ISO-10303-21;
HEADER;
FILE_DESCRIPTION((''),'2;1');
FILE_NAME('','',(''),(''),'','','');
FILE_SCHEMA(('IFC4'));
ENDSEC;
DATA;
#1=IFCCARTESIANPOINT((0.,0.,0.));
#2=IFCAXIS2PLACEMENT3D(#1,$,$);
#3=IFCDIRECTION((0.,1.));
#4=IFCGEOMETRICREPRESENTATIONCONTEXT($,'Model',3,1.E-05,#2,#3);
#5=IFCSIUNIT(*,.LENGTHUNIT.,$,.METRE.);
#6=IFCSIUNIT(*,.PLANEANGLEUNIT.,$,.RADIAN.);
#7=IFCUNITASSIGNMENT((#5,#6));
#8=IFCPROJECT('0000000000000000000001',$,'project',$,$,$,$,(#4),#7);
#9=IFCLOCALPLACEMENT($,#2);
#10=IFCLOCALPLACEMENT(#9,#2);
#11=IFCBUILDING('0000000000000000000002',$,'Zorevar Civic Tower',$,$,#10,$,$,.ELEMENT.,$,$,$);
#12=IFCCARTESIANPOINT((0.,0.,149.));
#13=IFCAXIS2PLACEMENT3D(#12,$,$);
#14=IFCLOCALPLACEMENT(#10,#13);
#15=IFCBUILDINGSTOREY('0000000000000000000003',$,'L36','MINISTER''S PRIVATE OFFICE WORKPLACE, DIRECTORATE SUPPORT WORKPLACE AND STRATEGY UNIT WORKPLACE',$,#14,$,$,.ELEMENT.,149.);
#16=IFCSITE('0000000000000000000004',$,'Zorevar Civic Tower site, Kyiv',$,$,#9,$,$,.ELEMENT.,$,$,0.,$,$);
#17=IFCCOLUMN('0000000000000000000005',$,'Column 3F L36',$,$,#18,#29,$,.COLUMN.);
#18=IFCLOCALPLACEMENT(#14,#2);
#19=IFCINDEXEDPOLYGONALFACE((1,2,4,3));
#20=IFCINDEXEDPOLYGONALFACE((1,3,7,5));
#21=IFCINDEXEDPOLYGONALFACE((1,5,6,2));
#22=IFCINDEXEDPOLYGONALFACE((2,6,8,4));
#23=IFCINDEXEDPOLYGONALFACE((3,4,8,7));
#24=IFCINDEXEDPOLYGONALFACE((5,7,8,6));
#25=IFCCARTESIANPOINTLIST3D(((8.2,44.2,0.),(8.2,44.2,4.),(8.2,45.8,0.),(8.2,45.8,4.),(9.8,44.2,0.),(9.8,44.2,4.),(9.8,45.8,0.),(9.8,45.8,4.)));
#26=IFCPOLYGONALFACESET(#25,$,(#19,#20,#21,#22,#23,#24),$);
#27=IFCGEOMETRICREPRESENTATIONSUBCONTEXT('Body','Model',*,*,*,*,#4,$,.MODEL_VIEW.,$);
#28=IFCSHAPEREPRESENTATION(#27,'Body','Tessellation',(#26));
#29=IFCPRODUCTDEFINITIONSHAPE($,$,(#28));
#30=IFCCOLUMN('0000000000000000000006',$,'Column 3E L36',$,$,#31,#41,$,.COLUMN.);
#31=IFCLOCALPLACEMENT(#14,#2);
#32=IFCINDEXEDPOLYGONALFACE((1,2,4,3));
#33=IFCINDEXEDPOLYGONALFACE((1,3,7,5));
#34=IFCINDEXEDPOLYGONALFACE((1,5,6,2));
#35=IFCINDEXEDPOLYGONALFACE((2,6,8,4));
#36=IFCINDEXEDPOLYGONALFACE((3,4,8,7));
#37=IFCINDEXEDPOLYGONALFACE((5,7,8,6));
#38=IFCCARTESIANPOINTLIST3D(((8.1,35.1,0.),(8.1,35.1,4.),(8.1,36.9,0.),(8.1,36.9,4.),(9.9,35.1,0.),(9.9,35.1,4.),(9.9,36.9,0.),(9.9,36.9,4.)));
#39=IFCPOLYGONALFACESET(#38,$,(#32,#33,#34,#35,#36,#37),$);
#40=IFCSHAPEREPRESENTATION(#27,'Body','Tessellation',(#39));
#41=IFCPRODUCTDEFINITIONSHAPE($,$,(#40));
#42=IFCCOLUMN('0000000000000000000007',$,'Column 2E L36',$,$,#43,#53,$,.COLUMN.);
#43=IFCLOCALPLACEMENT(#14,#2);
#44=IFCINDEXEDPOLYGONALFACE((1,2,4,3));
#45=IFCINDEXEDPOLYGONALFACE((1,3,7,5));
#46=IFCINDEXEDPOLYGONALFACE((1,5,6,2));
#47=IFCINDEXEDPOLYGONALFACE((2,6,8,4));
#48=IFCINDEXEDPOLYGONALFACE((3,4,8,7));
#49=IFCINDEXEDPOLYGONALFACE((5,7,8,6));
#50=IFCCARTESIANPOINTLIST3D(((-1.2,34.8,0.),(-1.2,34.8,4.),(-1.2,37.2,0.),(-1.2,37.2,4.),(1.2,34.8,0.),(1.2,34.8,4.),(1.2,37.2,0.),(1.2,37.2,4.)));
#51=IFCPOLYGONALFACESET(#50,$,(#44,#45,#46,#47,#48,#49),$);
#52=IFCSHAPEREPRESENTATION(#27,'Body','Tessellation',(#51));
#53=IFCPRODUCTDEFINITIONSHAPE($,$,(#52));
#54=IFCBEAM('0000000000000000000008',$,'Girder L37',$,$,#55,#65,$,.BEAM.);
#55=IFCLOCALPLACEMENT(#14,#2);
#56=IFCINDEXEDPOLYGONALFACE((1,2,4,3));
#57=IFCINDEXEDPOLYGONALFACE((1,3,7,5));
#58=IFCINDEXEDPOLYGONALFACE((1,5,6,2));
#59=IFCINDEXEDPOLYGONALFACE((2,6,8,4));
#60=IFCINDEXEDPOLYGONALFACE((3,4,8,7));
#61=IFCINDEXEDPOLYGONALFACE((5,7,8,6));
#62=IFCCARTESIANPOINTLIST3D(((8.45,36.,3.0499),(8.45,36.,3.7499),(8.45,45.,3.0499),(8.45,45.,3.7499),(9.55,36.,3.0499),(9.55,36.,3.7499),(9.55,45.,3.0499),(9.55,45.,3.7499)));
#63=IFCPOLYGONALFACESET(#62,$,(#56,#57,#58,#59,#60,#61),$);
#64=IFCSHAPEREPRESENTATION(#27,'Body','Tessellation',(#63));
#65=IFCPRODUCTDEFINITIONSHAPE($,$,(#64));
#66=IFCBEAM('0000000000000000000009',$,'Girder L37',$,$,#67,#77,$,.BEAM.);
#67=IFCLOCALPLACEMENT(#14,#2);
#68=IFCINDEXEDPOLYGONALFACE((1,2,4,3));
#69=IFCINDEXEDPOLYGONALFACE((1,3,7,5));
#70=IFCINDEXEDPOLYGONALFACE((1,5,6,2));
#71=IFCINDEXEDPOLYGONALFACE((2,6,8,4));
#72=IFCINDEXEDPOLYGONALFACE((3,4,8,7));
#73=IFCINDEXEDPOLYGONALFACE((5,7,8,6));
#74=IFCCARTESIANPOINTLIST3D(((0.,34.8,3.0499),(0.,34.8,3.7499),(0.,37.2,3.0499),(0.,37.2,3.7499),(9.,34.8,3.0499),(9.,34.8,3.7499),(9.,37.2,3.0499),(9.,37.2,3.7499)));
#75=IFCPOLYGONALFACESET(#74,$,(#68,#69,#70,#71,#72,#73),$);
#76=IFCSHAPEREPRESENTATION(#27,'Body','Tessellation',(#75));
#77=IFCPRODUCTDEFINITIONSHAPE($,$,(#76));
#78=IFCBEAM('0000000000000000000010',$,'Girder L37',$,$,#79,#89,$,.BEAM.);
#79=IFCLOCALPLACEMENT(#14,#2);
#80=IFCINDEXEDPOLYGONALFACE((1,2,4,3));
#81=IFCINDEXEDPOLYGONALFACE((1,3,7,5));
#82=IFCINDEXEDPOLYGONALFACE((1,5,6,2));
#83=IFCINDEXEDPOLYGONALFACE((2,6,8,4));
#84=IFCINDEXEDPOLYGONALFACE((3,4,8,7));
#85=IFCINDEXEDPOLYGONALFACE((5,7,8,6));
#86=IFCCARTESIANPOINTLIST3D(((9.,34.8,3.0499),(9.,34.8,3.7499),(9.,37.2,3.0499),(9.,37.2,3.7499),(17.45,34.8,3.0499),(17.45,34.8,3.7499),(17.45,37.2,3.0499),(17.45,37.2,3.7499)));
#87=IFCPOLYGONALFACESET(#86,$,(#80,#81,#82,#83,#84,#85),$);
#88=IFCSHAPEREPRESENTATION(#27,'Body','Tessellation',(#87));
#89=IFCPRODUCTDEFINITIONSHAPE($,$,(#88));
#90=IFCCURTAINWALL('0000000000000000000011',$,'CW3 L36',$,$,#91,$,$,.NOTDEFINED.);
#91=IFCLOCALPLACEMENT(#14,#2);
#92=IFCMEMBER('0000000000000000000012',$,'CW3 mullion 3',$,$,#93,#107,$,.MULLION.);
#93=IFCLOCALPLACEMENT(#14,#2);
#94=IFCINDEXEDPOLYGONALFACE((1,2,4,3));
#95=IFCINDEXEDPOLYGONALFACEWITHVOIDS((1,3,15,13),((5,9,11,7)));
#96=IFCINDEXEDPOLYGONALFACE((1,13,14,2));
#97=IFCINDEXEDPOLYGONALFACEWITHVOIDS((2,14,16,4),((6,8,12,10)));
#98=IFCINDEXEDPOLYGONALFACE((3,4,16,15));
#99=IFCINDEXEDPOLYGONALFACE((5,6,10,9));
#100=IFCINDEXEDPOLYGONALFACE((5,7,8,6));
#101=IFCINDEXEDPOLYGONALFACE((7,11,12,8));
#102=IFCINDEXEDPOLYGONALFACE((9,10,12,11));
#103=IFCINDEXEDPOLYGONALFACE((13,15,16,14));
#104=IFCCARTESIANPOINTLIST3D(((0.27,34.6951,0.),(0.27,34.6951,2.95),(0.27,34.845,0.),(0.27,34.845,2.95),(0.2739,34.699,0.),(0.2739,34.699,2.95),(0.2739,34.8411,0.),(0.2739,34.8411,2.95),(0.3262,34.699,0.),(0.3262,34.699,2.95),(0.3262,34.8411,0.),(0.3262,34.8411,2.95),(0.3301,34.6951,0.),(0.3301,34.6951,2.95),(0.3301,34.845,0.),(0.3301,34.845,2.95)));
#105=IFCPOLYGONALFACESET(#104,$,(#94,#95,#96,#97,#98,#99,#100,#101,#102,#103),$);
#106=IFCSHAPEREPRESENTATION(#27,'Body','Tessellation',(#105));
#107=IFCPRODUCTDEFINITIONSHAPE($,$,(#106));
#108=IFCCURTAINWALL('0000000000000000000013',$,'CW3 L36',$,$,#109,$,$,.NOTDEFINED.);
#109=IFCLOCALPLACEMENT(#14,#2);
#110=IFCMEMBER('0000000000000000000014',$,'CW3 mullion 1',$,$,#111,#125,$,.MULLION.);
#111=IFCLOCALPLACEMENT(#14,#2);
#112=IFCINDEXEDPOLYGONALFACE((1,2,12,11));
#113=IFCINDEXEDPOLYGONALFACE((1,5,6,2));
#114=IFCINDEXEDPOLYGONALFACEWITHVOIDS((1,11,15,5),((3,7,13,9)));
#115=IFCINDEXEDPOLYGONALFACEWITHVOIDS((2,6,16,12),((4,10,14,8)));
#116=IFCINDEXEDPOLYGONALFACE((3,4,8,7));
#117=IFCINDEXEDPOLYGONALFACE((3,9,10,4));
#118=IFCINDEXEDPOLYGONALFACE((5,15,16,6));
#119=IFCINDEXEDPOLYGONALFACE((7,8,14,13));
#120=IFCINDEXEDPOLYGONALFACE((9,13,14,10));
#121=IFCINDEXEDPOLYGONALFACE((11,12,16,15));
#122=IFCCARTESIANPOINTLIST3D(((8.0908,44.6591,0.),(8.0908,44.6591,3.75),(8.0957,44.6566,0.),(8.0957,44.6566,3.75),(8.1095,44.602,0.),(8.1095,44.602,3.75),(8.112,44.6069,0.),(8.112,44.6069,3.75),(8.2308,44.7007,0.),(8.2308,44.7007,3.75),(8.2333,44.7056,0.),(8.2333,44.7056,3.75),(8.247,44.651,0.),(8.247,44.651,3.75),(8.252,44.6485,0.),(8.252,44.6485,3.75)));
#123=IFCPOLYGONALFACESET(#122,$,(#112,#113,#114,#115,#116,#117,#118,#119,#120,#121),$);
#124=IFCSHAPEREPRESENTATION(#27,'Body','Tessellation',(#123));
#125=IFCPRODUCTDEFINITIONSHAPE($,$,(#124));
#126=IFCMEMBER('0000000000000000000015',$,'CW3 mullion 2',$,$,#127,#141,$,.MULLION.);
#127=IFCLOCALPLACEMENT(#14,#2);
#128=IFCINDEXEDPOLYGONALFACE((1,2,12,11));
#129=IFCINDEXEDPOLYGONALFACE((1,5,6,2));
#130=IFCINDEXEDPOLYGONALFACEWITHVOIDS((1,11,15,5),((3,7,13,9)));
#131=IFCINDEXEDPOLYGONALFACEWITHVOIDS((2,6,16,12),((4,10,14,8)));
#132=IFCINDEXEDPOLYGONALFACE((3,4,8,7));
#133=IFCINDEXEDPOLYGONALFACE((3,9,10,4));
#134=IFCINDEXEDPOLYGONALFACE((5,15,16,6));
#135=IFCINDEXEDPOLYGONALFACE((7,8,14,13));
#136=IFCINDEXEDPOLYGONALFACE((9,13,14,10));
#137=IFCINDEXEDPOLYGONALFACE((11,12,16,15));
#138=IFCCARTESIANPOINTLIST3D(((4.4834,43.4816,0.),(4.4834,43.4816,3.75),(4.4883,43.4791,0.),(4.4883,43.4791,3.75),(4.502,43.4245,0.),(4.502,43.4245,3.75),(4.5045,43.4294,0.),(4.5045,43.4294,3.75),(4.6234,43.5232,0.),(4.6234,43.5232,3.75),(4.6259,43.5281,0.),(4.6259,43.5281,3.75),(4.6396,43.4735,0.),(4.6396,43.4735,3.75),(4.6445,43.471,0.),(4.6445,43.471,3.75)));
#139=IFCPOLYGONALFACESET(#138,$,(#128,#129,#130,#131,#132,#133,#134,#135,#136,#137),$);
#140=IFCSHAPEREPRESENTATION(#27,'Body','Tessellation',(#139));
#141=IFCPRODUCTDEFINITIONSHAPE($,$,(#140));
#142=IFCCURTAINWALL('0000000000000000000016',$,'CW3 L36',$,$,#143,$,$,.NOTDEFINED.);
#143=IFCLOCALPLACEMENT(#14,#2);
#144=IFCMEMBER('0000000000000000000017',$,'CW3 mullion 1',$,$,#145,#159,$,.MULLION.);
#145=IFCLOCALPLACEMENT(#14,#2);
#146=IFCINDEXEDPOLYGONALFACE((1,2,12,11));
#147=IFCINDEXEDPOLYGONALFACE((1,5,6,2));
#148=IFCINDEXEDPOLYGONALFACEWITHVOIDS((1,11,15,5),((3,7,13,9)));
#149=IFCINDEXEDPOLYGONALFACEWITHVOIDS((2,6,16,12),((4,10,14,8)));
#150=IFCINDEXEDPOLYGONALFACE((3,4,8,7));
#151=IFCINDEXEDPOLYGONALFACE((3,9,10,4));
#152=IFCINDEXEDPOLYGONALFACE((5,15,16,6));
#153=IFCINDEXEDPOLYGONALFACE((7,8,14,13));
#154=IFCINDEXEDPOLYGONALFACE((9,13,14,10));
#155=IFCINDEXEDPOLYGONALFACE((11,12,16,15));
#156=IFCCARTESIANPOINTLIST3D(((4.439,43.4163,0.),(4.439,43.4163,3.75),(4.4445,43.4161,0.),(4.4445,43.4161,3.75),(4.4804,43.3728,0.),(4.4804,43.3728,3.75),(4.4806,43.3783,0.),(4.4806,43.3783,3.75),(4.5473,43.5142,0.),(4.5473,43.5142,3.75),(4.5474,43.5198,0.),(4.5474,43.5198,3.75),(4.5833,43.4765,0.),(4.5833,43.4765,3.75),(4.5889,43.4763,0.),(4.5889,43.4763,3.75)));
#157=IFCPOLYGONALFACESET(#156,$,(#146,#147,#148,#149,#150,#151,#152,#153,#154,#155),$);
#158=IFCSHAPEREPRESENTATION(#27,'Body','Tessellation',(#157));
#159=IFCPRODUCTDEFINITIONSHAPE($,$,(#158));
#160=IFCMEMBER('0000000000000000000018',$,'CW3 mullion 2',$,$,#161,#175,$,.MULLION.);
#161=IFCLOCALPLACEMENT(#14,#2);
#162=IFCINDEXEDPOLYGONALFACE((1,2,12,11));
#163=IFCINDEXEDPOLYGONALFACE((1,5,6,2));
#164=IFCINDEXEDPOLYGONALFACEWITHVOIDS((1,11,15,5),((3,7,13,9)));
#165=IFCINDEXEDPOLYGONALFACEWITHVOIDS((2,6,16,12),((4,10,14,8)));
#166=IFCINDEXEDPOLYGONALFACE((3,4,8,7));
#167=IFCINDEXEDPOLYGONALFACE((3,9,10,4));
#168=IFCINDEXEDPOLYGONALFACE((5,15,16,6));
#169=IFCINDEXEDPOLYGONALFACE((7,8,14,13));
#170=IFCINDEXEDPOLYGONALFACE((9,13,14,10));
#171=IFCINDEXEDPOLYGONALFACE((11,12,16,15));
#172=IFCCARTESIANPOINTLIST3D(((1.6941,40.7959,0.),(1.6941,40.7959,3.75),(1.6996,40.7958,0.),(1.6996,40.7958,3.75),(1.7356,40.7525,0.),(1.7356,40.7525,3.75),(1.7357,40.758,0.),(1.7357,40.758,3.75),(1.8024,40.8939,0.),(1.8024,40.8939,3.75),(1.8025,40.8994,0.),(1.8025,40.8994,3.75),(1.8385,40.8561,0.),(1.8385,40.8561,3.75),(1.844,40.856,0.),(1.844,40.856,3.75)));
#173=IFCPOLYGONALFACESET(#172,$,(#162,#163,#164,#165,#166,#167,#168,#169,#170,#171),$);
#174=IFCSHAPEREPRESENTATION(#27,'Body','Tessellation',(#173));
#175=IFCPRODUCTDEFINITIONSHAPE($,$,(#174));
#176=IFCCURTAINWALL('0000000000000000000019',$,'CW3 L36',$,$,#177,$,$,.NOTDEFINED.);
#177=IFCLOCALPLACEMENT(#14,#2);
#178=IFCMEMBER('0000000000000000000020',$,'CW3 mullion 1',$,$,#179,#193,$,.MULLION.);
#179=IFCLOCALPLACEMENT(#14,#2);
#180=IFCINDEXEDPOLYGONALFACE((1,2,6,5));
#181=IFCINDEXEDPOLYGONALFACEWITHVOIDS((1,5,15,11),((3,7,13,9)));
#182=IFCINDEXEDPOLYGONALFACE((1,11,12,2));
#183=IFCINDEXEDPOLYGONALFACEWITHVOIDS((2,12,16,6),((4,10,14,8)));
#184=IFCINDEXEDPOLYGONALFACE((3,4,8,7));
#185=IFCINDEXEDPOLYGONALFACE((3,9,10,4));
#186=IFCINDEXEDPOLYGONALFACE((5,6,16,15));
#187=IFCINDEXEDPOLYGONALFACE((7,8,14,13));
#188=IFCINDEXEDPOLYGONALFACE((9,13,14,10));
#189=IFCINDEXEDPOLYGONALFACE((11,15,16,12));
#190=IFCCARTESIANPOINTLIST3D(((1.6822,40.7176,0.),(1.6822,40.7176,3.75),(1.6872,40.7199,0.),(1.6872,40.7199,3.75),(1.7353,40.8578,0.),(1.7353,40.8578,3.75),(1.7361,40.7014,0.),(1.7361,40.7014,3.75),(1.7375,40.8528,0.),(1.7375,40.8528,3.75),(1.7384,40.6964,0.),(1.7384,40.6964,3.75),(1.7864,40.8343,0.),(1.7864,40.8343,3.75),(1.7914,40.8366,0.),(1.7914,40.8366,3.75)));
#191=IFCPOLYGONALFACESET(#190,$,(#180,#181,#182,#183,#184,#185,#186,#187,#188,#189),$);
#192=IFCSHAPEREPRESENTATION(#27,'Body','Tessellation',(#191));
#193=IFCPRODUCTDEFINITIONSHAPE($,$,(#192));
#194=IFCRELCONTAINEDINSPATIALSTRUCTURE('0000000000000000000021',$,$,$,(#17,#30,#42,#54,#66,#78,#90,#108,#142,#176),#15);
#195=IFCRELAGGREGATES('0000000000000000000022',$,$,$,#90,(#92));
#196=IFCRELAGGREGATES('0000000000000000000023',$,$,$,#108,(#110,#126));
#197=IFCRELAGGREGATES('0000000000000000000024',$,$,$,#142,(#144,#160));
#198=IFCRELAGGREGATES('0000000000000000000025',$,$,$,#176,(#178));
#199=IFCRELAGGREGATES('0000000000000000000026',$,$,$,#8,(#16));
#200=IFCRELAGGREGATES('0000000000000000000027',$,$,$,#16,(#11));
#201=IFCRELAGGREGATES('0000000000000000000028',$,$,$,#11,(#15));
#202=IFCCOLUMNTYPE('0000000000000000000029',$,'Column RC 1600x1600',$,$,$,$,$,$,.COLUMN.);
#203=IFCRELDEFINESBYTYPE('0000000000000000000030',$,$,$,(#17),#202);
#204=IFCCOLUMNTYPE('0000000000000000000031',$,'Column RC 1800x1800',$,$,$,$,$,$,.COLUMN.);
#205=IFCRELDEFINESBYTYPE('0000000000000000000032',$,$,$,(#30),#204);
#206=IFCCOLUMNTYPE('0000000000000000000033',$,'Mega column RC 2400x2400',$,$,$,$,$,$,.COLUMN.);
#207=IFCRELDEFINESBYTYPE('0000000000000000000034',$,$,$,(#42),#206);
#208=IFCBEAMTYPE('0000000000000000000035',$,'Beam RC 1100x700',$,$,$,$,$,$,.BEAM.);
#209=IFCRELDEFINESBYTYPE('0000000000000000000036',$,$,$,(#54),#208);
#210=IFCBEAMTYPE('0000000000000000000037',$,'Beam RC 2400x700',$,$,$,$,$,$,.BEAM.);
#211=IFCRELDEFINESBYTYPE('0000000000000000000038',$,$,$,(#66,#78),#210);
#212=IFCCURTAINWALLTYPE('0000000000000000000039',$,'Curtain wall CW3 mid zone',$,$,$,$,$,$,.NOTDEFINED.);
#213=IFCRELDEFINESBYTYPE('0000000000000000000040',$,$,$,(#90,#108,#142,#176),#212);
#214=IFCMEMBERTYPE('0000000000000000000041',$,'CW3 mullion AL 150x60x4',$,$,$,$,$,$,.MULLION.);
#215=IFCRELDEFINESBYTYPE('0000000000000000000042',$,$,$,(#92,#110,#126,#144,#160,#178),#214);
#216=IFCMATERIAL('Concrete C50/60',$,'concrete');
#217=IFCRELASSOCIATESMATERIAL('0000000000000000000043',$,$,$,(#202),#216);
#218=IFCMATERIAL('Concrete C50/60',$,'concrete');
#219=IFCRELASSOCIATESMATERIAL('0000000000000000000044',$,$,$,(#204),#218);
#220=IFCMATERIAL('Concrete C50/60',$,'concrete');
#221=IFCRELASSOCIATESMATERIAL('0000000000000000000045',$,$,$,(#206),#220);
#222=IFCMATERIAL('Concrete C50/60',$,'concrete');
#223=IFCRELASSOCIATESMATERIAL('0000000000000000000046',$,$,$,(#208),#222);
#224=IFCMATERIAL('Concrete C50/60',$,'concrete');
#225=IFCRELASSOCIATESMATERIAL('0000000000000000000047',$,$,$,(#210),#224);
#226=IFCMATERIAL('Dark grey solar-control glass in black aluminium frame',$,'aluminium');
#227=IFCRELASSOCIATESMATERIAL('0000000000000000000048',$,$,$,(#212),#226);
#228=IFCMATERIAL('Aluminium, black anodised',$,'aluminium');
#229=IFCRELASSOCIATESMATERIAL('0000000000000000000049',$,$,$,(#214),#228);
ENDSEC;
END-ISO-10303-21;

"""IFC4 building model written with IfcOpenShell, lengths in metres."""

from ifc_helpers import new_model, si_unit, direction, frame, origin, origin_2d, place, context, subcontext, project, spatial, rectangle, hollow_rectangle, extrude, material, material_profile, profile_set, type_object, element, aggregate, save


model = new_model("IFC4")

# Units and contexts
model_context = context("Model", 3, precision=1e-05, world=origin(), true_north=direction((0.0, 1.0)))
body_context = subcontext(model_context, "Body", "Model", "MODEL_VIEW")
ifc_project = project(units=[si_unit("LENGTHUNIT", "METRE"), si_unit("PLANEANGLEUNIT", "RADIAN")], contexts=[model_context])

# Site, building, storey
site_placement = place(None, origin())
site = spatial("IfcSite", under=ifc_project, at=site_placement, Name="Zorevar Civic Tower site, Kyiv", CompositionType="ELEMENT", RefElevation=0.0)
building_placement = place(site_placement, origin())
building = spatial("IfcBuilding", under=site, at=building_placement, Name="Zorevar Civic Tower", CompositionType="ELEMENT")
storey_placement = place(building_placement, frame((0.0, 0.0, 149.0)))
storey = spatial("IfcBuildingStorey", under=building, at=storey_placement, Name="L36", Description="MINISTER'S PRIVATE OFFICE WORKPLACE, DIRECTORATE SUPPORT WORKPLACE AND STRATEGY UNIT WORKPLACE", CompositionType="ELEMENT", Elevation=149.0)

# Columns
ifc_material_1 = material(Name="Concrete C50/60", Category="concrete")
ifc_material_profile_1 = material_profile(ifc_material_1, rectangle(XDim=1.6001, YDim=1.6001, at=origin_2d()), Name="RC 1600x1600")
ifc_profile_set_1 = profile_set([ifc_material_profile_1], Name="Concrete C50/60")
column_type_1 = type_object("IfcColumnType", Name="Column RC 1600x1600", PredefinedType="COLUMN", material=ifc_profile_set_1)
column_1_placement = place(storey_placement, frame((9.0, 45.0, 0.0), z_axis=(0.0, 0.0, 1.0), x_axis=(1.0, 0.0, 0.0)))
element("IfcColumn", 1, at=column_1_placement, inside=storey, type_object=column_type_1, Name="Column 3F L36", PredefinedType="COLUMN", context=body_context, shape_type="SweptSolid", body=[
    extrude(rectangle(XDim=1.6001, YDim=1.6001, at=origin_2d()), origin(), (0.0, 0.0, 1.0), 4.0),
])
ifc_material_2 = material(Name="Concrete C50/60", Category="concrete")
ifc_material_profile_2 = material_profile(ifc_material_2, rectangle(XDim=1.8, YDim=1.8, at=origin_2d()), Name="RC 1800x1800")
ifc_profile_set_2 = profile_set([ifc_material_profile_2], Name="Concrete C50/60")
column_type_2 = type_object("IfcColumnType", Name="Column RC 1800x1800", PredefinedType="COLUMN", material=ifc_profile_set_2)
column_2_placement = place(storey_placement, frame((9.0, 36.0, 0.0), z_axis=(0.0, 0.0, 1.0), x_axis=(1.0, 0.0, 0.0)))
element("IfcColumn", 2, at=column_2_placement, inside=storey, type_object=column_type_2, Name="Column 3E L36", PredefinedType="COLUMN", context=body_context, shape_type="SweptSolid", body=[
    extrude(rectangle(XDim=1.8, YDim=1.8, at=origin_2d()), origin(), (0.0, 0.0, 1.0), 4.0),
])
ifc_material_3 = material(Name="Concrete C50/60", Category="concrete")
ifc_material_profile_3 = material_profile(ifc_material_3, rectangle(XDim=2.3999, YDim=2.3999, at=origin_2d()), Name="RC 2400x2400")
ifc_profile_set_3 = profile_set([ifc_material_profile_3], Name="Concrete C50/60")
column_type_3 = type_object("IfcColumnType", Name="Mega column RC 2400x2400", PredefinedType="COLUMN", material=ifc_profile_set_3)
column_3_placement = place(storey_placement, frame((0.0, 36.0, 0.0), z_axis=(0.0, 0.0, 1.0), x_axis=(1.0, 0.0, 0.0)))
element("IfcColumn", 3, at=column_3_placement, inside=storey, type_object=column_type_3, Name="Column 2E L36", PredefinedType="COLUMN", context=body_context, shape_type="SweptSolid", body=[
    extrude(rectangle(XDim=2.3999, YDim=2.3999, at=origin_2d()), origin(), (0.0, 0.0, 1.0), 4.0),
])

# Beams
ifc_material_4 = material(Name="Concrete C50/60", Category="concrete")
ifc_material_profile_4 = material_profile(ifc_material_4, rectangle(XDim=1.1001, YDim=0.7, at=origin_2d()), Name="RC 1100x700")
ifc_profile_set_4 = profile_set([ifc_material_profile_4], Name="Concrete C50/60")
beam_type_1 = type_object("IfcBeamType", Name="Beam RC 1100x700", PredefinedType="BEAM", material=ifc_profile_set_4)
beam_1_placement = place(storey_placement, frame((9.0, 36.0, 3.3999), z_axis=(0.0, 1.0, 0.0), x_axis=(-1.0, 0.0, 0.0)))
element("IfcBeam", 4, at=beam_1_placement, inside=storey, type_object=beam_type_1, Name="Girder L37", PredefinedType="BEAM", context=body_context, shape_type="SweptSolid", body=[
    extrude(rectangle(XDim=1.1001, YDim=0.7, at=origin_2d()), origin(), (0.0, 0.0, 1.0), 9.0),
])
ifc_material_5 = material(Name="Concrete C50/60", Category="concrete")
ifc_material_profile_5 = material_profile(ifc_material_5, rectangle(XDim=2.3999, YDim=0.7, at=origin_2d()), Name="RC 2400x700")
ifc_profile_set_5 = profile_set([ifc_material_profile_5], Name="Concrete C50/60")
beam_type_2 = type_object("IfcBeamType", Name="Beam RC 2400x700", PredefinedType="BEAM", material=ifc_profile_set_5)
beam_2_placement = place(storey_placement, frame((0.0, 36.0, 3.3999), z_axis=(1.0, 0.0, 0.0), x_axis=(0.0, 1.0, 0.0)))
element("IfcBeam", 5, at=beam_2_placement, inside=storey, type_object=beam_type_2, Name="Girder L37", PredefinedType="BEAM", context=body_context, shape_type="SweptSolid", body=[
    extrude(rectangle(XDim=2.3999, YDim=0.7, at=origin_2d()), origin(), (0.0, 0.0, 1.0), 9.0),
])
beam_3_placement = place(storey_placement, frame((9.0, 36.0, 3.3999), z_axis=(1.0, 0.0, 0.0), x_axis=(0.0, 1.0, 0.0)))
element("IfcBeam", 6, at=beam_3_placement, inside=storey, type_object=beam_type_2, Name="Girder L37", PredefinedType="BEAM", context=body_context, shape_type="SweptSolid", body=[
    extrude(rectangle(XDim=2.3999, YDim=0.7, at=origin_2d()), origin(), (0.0, 0.0, 1.0), 8.45),
])

# Curtain wall, member
ifc_material_6 = material(Name="Dark grey solar-control glass in black aluminium frame", Category="aluminium")
curtain_wall_type = type_object("IfcCurtainWallType", Name="Curtain wall CW3 mid zone", PredefinedType="NOTDEFINED", material=ifc_material_6)
curtain_wall_1_placement = place(storey_placement, origin())
curtain_wall_1 = element("IfcCurtainWall", 7, at=curtain_wall_1_placement, inside=storey, type_object=curtain_wall_type, Name="CW3 L36", PredefinedType="NOTDEFINED")
ifc_material_7 = material(Name="Aluminium, black anodised", Category="aluminium")
ifc_material_profile_6 = material_profile(ifc_material_7, hollow_rectangle(XDim=0.0601, YDim=0.1499, WallThickness=0.0039, at=origin_2d()), Name="AL 150x60x4")
ifc_profile_set_6 = profile_set([ifc_material_profile_6], Name="Aluminium, black anodised")
member_type_1 = type_object("IfcMemberType", Name="CW3 mullion AL 150x60x4", PredefinedType="MULLION", material=ifc_profile_set_6)
member_1_placement = place(storey_placement, frame((0.3, 34.77, 0.0), z_axis=(0.0, 0.0, 1.0), x_axis=(-1.0, 0.0, 0.0)))
member_1 = element("IfcMember", 8, at=member_1_placement, type_object=member_type_1, Name="CW3 mullion 3", PredefinedType="MULLION", context=body_context, shape_type="SweptSolid", body=[
    extrude(hollow_rectangle(XDim=0.0601, YDim=0.1499, WallThickness=0.0039, at=origin_2d()), origin(), (0.0, 0.0, 1.0), 2.95),
])

# Curtain walls, members
curtain_wall_2_placement = place(storey_placement, origin())
curtain_wall_2 = element("IfcCurtainWall", 9, at=curtain_wall_2_placement, inside=storey, type_object=curtain_wall_type, Name="CW3 L36", PredefinedType="NOTDEFINED")
member_2_placement = place(storey_placement, frame((8.1714, 44.6538, 0.0), z_axis=(0.0, 0.0, 1.0), x_axis=(0.310263, -0.950651, 0.0)))
member_2 = element("IfcMember", 10, at=member_2_placement, type_object=member_type_1, Name="CW3 mullion 1", PredefinedType="MULLION", context=body_context, shape_type="SweptSolid", body=[
    extrude(hollow_rectangle(XDim=0.0601, YDim=0.1499, WallThickness=0.0039, at=origin_2d()), origin(), (0.0, 0.0, 1.0), 3.75),
])
member_3_placement = place(storey_placement, frame((4.564, 43.4763, 0.0), z_axis=(0.0, 0.0, 1.0), x_axis=(0.310263, -0.950651, 0.0)))
member_3 = element("IfcMember", 11, at=member_3_placement, type_object=member_type_1, Name="CW3 mullion 2", PredefinedType="MULLION", context=body_context, shape_type="SweptSolid", body=[
    extrude(hollow_rectangle(XDim=0.0601, YDim=0.1499, WallThickness=0.0039, at=origin_2d()), origin(), (0.0, 0.0, 1.0), 3.75),
])
curtain_wall_3_placement = place(storey_placement, origin())
curtain_wall_3 = element("IfcCurtainWall", 12, at=curtain_wall_3_placement, inside=storey, type_object=curtain_wall_type, Name="CW3 L36", PredefinedType="NOTDEFINED")
member_4_placement = place(storey_placement, frame((4.5139, 43.4463, 0.0), z_axis=(0.0, 0.0, 1.0), x_axis=(0.690545, -0.723289, 0.0)))
member_4 = element("IfcMember", 13, at=member_4_placement, type_object=member_type_1, Name="CW3 mullion 1", PredefinedType="MULLION", context=body_context, shape_type="SweptSolid", body=[
    extrude(hollow_rectangle(XDim=0.0601, YDim=0.1499, WallThickness=0.0039, at=origin_2d()), origin(), (0.0, 0.0, 1.0), 3.75),
])
member_5_placement = place(storey_placement, frame((1.769, 40.8259, 0.0), z_axis=(0.0, 0.0, 1.0), x_axis=(0.690545, -0.723289, 0.0)))
member_5 = element("IfcMember", 14, at=member_5_placement, type_object=member_type_1, Name="CW3 mullion 2", PredefinedType="MULLION", context=body_context, shape_type="SweptSolid", body=[
    extrude(hollow_rectangle(XDim=0.0601, YDim=0.1499, WallThickness=0.0039, at=origin_2d()), origin(), (0.0, 0.0, 1.0), 3.75),
])
curtain_wall_4_placement = place(storey_placement, origin())
curtain_wall_4 = element("IfcCurtainWall", 15, at=curtain_wall_4_placement, inside=storey, type_object=curtain_wall_type, Name="CW3 L36", PredefinedType="NOTDEFINED")
member_6_placement = place(storey_placement, frame((1.7368, 40.7771, 0.0), z_axis=(0.0, 0.0, 1.0), x_axis=(0.935277, -0.353918, 0.0)))
member_6 = element("IfcMember", 16, at=member_6_placement, type_object=member_type_1, Name="CW3 mullion 1", PredefinedType="MULLION", context=body_context, shape_type="SweptSolid", body=[
    extrude(hollow_rectangle(XDim=0.0601, YDim=0.1499, WallThickness=0.0039, at=origin_2d()), origin(), (0.0, 0.0, 1.0), 3.75),
])

aggregate(curtain_wall_1, [member_1])
aggregate(curtain_wall_2, [member_2, member_3])
aggregate(curtain_wall_3, [member_4, member_5])
aggregate(curtain_wall_4, [member_6])

save(model, "model.ifc")
